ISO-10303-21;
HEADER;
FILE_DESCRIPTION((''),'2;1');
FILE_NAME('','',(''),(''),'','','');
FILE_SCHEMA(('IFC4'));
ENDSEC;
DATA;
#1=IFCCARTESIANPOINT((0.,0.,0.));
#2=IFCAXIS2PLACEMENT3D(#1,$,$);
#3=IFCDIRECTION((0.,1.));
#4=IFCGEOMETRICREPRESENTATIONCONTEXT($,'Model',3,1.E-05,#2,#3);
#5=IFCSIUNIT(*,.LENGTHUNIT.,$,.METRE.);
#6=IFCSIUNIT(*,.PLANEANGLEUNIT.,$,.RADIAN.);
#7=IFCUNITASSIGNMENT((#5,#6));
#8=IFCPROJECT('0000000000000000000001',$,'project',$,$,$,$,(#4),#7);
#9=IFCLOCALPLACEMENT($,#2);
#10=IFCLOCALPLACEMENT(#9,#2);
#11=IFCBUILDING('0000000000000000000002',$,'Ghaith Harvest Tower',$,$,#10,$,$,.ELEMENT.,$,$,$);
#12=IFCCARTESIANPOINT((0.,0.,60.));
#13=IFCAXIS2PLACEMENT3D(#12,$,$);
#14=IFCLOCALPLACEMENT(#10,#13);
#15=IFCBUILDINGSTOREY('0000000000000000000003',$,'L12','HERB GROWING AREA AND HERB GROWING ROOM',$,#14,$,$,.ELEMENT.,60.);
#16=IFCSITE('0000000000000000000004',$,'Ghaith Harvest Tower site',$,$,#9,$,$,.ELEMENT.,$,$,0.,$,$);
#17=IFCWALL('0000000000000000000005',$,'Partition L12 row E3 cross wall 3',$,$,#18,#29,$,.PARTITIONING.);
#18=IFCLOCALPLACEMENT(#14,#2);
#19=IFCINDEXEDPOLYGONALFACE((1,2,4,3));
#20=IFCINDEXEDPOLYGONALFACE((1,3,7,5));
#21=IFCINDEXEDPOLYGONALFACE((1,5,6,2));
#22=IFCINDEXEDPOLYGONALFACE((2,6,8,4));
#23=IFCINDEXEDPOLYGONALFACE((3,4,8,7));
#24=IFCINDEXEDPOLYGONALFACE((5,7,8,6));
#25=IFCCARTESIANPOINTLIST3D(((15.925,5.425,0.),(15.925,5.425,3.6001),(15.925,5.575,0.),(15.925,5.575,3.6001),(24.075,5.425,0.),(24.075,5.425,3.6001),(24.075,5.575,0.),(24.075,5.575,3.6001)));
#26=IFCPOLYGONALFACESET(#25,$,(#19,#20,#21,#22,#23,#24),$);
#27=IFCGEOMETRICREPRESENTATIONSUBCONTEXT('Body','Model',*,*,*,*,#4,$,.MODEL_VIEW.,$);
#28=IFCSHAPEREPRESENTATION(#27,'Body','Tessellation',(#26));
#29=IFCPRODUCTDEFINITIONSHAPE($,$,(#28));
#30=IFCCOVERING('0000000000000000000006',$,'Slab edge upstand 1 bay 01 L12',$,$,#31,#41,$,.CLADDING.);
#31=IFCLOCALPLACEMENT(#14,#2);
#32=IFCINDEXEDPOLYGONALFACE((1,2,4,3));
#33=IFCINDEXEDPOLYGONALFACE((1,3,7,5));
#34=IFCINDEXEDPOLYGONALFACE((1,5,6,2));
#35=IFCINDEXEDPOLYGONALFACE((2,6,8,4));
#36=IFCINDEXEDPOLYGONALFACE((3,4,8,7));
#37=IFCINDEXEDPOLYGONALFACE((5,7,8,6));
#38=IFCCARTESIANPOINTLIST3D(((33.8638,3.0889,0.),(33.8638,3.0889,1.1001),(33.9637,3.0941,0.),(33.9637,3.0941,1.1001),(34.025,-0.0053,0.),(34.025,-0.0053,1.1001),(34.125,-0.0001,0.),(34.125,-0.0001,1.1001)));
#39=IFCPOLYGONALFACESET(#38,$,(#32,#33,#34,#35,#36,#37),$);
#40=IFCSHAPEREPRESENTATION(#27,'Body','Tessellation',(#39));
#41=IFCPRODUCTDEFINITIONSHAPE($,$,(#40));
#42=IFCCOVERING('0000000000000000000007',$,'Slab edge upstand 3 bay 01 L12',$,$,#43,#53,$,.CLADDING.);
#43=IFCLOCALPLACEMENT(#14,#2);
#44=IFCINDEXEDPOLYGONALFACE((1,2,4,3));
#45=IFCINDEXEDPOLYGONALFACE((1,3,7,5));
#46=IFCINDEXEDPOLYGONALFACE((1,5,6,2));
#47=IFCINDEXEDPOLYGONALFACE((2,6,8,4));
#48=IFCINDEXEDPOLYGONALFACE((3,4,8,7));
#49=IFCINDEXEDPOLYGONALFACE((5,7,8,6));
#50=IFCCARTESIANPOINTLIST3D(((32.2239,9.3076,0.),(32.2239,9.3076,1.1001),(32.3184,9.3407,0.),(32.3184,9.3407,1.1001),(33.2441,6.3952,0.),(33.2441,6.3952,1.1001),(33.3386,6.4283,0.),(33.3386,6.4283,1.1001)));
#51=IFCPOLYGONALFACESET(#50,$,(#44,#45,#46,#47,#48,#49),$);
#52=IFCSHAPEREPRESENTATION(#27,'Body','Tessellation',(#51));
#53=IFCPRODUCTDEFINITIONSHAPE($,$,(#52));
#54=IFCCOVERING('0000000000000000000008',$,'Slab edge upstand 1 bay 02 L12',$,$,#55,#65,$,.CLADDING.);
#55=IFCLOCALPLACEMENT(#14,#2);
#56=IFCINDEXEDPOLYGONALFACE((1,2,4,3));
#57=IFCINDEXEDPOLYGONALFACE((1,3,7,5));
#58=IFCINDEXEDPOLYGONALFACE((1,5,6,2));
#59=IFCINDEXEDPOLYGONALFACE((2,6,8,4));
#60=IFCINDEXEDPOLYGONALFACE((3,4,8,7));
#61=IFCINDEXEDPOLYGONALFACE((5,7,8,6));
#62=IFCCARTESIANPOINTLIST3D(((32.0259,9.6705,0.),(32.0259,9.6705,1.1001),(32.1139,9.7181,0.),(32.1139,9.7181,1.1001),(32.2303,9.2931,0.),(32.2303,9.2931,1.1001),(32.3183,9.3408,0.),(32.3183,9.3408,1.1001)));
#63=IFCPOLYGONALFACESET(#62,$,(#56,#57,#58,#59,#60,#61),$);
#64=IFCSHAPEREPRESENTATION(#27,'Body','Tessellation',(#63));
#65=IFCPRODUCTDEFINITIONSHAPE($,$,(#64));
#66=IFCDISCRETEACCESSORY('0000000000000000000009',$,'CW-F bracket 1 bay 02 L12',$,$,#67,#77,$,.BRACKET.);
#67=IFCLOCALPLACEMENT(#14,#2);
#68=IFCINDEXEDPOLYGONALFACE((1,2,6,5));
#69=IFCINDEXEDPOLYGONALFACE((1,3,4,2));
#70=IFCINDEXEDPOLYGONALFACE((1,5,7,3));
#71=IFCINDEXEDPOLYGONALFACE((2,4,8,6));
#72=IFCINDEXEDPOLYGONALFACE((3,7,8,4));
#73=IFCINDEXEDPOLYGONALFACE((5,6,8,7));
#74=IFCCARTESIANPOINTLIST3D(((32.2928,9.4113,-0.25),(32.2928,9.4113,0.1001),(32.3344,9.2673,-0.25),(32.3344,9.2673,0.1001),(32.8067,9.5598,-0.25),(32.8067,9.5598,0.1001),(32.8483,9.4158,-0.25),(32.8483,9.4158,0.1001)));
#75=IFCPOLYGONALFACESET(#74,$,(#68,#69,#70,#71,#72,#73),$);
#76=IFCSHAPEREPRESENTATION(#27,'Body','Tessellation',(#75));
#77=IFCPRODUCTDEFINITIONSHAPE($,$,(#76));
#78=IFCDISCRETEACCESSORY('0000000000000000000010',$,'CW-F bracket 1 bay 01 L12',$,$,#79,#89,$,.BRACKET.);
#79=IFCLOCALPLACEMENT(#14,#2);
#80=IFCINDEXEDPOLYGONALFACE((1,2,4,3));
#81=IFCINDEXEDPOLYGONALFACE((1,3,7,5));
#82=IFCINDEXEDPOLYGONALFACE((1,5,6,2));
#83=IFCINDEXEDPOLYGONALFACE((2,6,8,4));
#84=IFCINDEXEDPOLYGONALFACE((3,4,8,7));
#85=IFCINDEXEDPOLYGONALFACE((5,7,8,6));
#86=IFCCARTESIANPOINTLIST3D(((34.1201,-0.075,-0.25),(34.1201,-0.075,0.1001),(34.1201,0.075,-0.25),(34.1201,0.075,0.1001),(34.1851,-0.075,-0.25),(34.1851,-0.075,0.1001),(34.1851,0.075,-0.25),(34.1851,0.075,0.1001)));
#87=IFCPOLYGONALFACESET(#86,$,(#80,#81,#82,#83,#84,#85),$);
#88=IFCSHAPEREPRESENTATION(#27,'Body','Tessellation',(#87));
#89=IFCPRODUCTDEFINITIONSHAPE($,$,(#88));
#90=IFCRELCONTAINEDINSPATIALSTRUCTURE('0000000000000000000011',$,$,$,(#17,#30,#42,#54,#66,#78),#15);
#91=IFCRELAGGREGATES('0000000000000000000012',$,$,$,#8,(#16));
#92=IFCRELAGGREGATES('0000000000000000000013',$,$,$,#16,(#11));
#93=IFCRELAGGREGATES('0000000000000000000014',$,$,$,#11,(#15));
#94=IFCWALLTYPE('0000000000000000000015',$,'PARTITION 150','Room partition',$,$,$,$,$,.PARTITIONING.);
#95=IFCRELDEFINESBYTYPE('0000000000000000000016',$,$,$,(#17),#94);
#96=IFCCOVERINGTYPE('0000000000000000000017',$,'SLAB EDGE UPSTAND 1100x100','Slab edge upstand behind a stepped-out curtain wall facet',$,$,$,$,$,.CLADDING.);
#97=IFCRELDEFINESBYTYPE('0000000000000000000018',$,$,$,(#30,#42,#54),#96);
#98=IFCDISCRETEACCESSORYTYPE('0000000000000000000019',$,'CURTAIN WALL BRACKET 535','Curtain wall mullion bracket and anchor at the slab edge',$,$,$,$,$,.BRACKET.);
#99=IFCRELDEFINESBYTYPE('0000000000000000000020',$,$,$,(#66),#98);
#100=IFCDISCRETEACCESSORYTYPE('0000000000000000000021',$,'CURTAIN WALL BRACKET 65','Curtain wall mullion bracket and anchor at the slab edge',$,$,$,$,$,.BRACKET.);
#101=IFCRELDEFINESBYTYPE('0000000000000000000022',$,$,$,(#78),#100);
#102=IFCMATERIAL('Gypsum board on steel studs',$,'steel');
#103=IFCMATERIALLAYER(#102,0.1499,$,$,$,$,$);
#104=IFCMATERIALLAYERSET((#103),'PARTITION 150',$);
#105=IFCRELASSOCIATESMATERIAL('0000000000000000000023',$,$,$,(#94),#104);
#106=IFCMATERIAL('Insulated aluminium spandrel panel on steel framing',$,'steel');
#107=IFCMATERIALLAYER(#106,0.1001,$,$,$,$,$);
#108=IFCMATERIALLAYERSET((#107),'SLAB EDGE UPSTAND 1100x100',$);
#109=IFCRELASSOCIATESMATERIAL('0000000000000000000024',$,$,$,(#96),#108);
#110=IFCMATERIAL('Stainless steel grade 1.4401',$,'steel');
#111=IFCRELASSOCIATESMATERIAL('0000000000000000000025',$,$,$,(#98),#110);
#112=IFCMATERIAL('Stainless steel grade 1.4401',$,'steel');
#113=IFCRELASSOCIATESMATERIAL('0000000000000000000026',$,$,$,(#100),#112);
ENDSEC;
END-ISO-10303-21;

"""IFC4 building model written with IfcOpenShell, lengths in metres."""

from ifc_helpers import new_model, si_unit, direction, frame, frame_2d, origin, origin_2d, place, context, subcontext, project, spatial, rectangle, extrude, material, layer, layer_set, type_object, element, save


model = new_model("IFC4")

# Units and contexts
model_context = context("Model", 3, precision=1e-05, world=origin(), true_north=direction((0.0, 1.0)))
body_context = subcontext(model_context, "Body", "Model", "MODEL_VIEW")
ifc_project = project(units=[si_unit("LENGTHUNIT", "METRE"), si_unit("PLANEANGLEUNIT", "RADIAN")], contexts=[model_context])

# Site, building, storey
site_placement = place(None, origin())
site = spatial("IfcSite", under=ifc_project, at=site_placement, Name="Ghaith Harvest Tower site", CompositionType="ELEMENT", RefElevation=0.0)
building_placement = place(site_placement, origin())
building = spatial("IfcBuilding", under=site, at=building_placement, Name="Ghaith Harvest Tower", CompositionType="ELEMENT")
storey_placement = place(building_placement, frame((0.0, 0.0, 60.0)))
storey = spatial("IfcBuildingStorey", under=building, at=storey_placement, Name="L12", Description="HERB GROWING AREA AND HERB GROWING ROOM", CompositionType="ELEMENT", Elevation=60.0)

# Wall
ifc_material_1 = material(Name="Gypsum board on steel studs", Category="steel")
ifc_layer_1 = layer(ifc_material_1, 0.1499)
ifc_layer_set_1 = layer_set([ifc_layer_1], Name="PARTITION 150")
wall_type_1 = type_object("IfcWallType", Name="PARTITION 150", Description="Room partition", PredefinedType="PARTITIONING", material=ifc_layer_set_1)
wall_1_placement = place(storey_placement, frame((15.925, 5.5, 0.0), z_axis=(0.0, 0.0, 1.0), x_axis=(1.0, 0.0, 0.0)))
element("IfcWall", 1, at=wall_1_placement, inside=storey, type_object=wall_type_1, Name="Partition L12 row E3 cross wall 3", PredefinedType="PARTITIONING", context=body_context, shape_type="SweptSolid", body=[
    extrude(rectangle(XDim=8.1499, YDim=0.1499, at=frame_2d((4.075, 0.0))), origin(), (0.0, 0.0, 1.0), 3.6001),
])

# Coverings
ifc_material_2 = material(Name="Insulated aluminium spandrel panel on steel framing", Category="steel")
ifc_layer_2 = layer(ifc_material_2, 0.1001)
ifc_layer_set_2 = layer_set([ifc_layer_2], Name="SLAB EDGE UPSTAND 1100x100")
covering_type = type_object("IfcCoveringType", Name="SLAB EDGE UPSTAND 1100x100", Description="Slab edge upstand behind a stepped-out curtain wall facet", PredefinedType="CLADDING", material=ifc_layer_set_2)
covering_1_placement = place(storey_placement, frame((33.9944, 1.5444, 0.0), z_axis=(0.0, 0.0, 1.0), x_axis=(-0.052049, 0.998645, 0.0)))
element("IfcCovering", 2, at=covering_1_placement, inside=storey, type_object=covering_type, Name="Slab edge upstand 1 bay 01 L12", PredefinedType="CLADDING", context=body_context, shape_type="SweptSolid", body=[
    extrude(rectangle(XDim=3.0984, YDim=0.1001, at=origin_2d()), origin(), (0.0, 0.0, 1.0), 1.1001),
])
covering_2_placement = place(storey_placement, frame((32.7812, 7.8679, 0.0), z_axis=(0.0, 0.0, 1.0), x_axis=(-0.330598, 0.943772, 0.0)))
element("IfcCovering", 3, at=covering_2_placement, inside=storey, type_object=covering_type, Name="Slab edge upstand 3 bay 01 L12", PredefinedType="CLADDING", context=body_context, shape_type="SweptSolid", body=[
    extrude(rectangle(XDim=3.0859, YDim=0.1001, at=origin_2d()), origin(), (0.0, 0.0, 1.0), 1.1001),
])
covering_3_placement = place(storey_placement, frame((32.1721, 9.5056, 0.0), z_axis=(0.0, 0.0, 1.0), x_axis=(-0.476349, 0.879256, 0.0)))
element("IfcCovering", 4, at=covering_3_placement, inside=storey, type_object=covering_type, Name="Slab edge upstand 1 bay 02 L12", PredefinedType="CLADDING", context=body_context, shape_type="SweptSolid", body=[
    extrude(rectangle(XDim=0.4292, YDim=0.1001, at=origin_2d()), origin(), (0.0, 0.0, 1.0), 1.1001),
])

# Discrete accessories
ifc_material_3 = material(Name="Stainless steel grade 1.4401", Category="steel")
discrete_accessory_type_1 = type_object("IfcDiscreteAccessoryType", Name="CURTAIN WALL BRACKET 535", Description="Curtain wall mullion bracket and anchor at the slab edge", PredefinedType="BRACKET", material=ifc_material_3)
discrete_accessory_1_placement = place(storey_placement, frame((32.5706, 9.4136, -0.25), z_axis=(0.0, 0.0, 1.0), x_axis=(0.96068, 0.277657, 0.0)))
element("IfcDiscreteAccessory", 5, at=discrete_accessory_1_placement, inside=storey, type_object=discrete_accessory_type_1, Name="CW-F bracket 1 bay 02 L12", PredefinedType="BRACKET", context=body_context, shape_type="SweptSolid", body=[
    extrude(rectangle(XDim=0.5349, YDim=0.1499, at=origin_2d()), origin(), (0.0, 0.0, 1.0), 0.3501),
])
ifc_material_4 = material(Name="Stainless steel grade 1.4401", Category="steel")
discrete_accessory_type_2 = type_object("IfcDiscreteAccessoryType", Name="CURTAIN WALL BRACKET 65", Description="Curtain wall mullion bracket and anchor at the slab edge", PredefinedType="BRACKET", material=ifc_material_4)
discrete_accessory_2_placement = place(storey_placement, frame((34.1526, 0.0, -0.25), z_axis=(0.0, 0.0, 1.0), x_axis=(1.0, 0.0, 0.0)))
element("IfcDiscreteAccessory", 6, at=discrete_accessory_2_placement, inside=storey, type_object=discrete_accessory_type_2, Name="CW-F bracket 1 bay 01 L12", PredefinedType="BRACKET", context=body_context, shape_type="SweptSolid", body=[
    extrude(rectangle(XDim=0.0649, YDim=0.1499, at=origin_2d()), origin(), (0.0, 0.0, 1.0), 0.3501),
])

save(model, "model.ifc")
